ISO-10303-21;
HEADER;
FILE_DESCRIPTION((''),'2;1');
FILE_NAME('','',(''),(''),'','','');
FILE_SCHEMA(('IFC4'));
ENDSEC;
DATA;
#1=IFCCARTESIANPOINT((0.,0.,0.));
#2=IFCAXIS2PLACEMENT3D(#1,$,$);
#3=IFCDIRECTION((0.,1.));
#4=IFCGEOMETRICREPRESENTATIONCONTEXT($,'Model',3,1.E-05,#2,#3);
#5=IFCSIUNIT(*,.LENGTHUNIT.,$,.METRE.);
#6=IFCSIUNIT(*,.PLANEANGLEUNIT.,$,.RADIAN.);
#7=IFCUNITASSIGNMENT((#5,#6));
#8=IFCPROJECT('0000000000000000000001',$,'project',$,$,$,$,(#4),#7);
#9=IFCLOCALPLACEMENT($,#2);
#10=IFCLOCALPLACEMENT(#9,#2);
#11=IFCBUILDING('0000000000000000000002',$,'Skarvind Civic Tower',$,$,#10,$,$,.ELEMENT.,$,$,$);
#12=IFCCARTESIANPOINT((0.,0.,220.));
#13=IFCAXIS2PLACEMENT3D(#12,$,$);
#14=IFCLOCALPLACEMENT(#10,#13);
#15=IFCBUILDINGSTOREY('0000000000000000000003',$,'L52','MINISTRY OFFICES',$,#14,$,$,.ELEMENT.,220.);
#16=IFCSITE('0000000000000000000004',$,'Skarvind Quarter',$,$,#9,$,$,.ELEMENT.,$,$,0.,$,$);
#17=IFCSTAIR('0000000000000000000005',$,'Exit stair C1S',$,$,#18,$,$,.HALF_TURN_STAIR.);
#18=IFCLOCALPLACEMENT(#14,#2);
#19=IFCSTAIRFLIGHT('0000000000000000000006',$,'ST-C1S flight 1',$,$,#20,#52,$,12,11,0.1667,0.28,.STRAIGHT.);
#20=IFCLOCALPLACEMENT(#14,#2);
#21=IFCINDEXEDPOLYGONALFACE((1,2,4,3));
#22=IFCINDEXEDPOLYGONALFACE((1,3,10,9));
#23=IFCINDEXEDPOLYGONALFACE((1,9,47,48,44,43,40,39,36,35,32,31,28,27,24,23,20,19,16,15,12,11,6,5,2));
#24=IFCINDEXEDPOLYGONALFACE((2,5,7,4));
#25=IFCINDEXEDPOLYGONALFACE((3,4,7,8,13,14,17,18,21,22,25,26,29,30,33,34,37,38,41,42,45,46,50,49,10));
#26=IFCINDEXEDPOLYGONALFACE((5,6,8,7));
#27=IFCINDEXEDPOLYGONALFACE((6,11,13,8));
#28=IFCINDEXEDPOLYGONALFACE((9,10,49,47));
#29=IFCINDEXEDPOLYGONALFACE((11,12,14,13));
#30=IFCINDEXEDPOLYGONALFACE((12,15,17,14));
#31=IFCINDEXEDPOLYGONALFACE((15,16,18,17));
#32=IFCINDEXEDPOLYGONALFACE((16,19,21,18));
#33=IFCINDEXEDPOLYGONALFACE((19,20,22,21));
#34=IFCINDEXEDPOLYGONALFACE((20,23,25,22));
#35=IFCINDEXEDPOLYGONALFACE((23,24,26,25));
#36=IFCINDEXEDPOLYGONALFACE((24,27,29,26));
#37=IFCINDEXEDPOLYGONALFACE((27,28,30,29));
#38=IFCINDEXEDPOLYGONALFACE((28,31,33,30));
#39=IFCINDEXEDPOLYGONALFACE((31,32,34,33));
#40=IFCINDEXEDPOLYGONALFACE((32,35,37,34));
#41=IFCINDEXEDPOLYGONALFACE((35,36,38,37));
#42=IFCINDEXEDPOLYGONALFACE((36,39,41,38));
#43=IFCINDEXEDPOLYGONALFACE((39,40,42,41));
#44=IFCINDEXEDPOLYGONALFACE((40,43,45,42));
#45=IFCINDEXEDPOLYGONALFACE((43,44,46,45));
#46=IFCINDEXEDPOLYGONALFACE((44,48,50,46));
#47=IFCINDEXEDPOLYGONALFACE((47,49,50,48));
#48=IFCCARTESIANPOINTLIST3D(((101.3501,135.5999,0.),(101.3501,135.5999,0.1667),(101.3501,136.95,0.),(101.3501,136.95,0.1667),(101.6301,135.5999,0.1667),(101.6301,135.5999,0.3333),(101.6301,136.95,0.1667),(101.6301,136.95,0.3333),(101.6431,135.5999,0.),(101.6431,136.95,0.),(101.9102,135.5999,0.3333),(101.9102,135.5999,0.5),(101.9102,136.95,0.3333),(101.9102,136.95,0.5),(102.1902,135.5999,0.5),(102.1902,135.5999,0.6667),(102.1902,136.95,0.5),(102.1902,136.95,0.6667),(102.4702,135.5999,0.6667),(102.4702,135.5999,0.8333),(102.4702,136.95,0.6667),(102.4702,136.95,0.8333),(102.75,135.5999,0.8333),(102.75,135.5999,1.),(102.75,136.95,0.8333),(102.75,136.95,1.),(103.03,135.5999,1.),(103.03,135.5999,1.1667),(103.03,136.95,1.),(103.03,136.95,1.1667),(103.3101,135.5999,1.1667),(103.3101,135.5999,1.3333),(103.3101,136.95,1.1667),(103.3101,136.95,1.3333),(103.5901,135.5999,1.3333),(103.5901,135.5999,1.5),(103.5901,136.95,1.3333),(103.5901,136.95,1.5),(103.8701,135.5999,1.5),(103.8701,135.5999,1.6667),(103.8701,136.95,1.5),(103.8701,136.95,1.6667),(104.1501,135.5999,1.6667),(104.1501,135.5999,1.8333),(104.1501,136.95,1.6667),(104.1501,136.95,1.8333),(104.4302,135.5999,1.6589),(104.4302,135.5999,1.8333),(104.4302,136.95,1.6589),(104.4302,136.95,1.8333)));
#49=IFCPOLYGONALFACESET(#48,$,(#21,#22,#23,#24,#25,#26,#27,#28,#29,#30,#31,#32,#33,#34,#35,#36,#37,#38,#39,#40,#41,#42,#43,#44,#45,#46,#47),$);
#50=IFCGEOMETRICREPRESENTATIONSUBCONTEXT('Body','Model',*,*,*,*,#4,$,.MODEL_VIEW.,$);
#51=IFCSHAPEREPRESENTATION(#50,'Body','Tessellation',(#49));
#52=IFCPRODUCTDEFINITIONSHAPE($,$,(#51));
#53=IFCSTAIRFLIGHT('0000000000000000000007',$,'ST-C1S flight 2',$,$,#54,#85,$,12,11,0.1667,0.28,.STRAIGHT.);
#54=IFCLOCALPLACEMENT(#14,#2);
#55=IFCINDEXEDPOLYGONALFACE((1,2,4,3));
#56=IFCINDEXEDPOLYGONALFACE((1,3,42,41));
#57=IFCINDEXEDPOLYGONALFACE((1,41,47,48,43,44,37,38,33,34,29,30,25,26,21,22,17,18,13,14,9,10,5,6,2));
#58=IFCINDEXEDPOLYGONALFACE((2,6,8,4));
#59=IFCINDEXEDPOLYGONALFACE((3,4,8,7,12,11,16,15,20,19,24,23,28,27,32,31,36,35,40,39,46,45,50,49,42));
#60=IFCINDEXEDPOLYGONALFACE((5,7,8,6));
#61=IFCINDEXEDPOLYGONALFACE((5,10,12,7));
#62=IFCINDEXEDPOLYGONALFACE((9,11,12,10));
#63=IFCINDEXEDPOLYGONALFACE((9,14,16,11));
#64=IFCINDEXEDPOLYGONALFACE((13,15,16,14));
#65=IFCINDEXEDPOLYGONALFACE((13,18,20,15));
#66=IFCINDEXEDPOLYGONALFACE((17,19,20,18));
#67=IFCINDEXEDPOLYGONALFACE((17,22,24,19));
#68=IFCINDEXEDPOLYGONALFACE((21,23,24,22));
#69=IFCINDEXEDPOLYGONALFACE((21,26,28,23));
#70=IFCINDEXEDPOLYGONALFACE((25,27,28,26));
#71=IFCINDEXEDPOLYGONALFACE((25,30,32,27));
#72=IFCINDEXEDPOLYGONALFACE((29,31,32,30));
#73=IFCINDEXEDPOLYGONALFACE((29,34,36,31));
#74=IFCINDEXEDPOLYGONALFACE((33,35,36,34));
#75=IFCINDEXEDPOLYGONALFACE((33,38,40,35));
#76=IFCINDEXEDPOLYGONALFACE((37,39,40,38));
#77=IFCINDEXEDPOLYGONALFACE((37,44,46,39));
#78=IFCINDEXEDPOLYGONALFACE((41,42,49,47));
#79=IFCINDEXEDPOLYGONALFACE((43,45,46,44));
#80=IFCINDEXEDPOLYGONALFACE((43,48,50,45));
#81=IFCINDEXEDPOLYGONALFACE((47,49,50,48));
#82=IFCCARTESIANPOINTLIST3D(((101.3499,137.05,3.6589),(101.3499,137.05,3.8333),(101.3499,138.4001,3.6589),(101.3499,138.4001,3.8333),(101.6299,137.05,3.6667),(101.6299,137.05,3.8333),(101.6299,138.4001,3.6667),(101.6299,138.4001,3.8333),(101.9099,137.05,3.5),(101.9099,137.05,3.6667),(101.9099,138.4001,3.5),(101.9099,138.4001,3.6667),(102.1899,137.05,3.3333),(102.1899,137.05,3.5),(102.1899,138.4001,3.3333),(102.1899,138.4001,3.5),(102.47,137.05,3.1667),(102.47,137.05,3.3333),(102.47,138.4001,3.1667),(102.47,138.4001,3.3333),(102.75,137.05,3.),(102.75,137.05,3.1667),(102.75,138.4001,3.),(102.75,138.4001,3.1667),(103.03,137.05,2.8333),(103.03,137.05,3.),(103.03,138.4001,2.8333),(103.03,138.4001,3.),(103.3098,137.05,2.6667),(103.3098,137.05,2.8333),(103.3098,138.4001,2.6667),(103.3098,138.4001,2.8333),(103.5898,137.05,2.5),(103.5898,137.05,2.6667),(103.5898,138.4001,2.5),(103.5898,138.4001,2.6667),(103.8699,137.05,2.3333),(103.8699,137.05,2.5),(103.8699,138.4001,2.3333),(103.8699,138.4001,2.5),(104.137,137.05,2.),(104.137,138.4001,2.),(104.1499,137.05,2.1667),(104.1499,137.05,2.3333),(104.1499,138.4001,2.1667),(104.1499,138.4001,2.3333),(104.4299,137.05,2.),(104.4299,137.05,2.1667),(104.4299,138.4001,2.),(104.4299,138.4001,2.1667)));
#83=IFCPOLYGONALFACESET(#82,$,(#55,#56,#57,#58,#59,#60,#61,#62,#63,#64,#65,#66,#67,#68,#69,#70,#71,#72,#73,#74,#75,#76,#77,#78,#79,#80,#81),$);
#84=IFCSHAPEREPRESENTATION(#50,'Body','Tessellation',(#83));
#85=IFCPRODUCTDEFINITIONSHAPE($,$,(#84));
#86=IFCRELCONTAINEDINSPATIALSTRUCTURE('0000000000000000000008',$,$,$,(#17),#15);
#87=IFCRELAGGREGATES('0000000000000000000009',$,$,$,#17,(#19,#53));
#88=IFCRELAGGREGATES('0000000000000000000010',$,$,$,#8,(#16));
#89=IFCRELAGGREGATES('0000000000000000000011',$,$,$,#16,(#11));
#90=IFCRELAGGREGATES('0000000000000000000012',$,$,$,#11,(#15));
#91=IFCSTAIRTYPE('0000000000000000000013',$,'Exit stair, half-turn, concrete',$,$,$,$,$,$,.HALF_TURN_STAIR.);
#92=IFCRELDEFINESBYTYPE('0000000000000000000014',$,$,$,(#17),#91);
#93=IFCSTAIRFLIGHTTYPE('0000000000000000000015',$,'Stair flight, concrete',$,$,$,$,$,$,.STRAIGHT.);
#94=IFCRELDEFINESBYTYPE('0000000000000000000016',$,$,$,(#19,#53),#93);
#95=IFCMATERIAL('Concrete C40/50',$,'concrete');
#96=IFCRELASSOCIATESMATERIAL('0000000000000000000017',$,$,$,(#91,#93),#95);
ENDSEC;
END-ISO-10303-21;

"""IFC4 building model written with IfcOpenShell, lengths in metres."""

from ifc_helpers import new_model, si_unit, direction, frame, origin, place, context, subcontext, project, spatial, polyline, outline, extrude, material, type_object, element, aggregate, save


model = new_model("IFC4")

# Units and contexts
model_context = context("Model", 3, precision=1e-05, world=origin(), true_north=direction((0.0, 1.0)))
body_context = subcontext(model_context, "Body", "Model", "MODEL_VIEW")
ifc_project = project(units=[si_unit("LENGTHUNIT", "METRE"), si_unit("PLANEANGLEUNIT", "RADIAN")], contexts=[model_context])

# Site, building, storey
site_placement = place(None, origin())
site = spatial("IfcSite", under=ifc_project, at=site_placement, Name="Skarvind Quarter", CompositionType="ELEMENT", RefElevation=0.0)
building_placement = place(site_placement, origin())
building = spatial("IfcBuilding", under=site, at=building_placement, Name="Skarvind Civic Tower", CompositionType="ELEMENT")
storey_placement = place(building_placement, frame((0.0, 0.0, 220.0)))
storey = spatial("IfcBuildingStorey", under=building, at=storey_placement, Name="L52", Description="MINISTRY OFFICES", CompositionType="ELEMENT", Elevation=220.0)

# Stair, stair flights
ifc_material_1 = material(Name="Concrete C40/50", Category="concrete")
stair_type = type_object("IfcStairType", Name="Exit stair, half-turn, concrete", PredefinedType="HALF_TURN_STAIR", material=ifc_material_1)
stair_placement = place(storey_placement, origin())
stair = element("IfcStair", 1, at=stair_placement, inside=storey, type_object=stair_type, Name="Exit stair C1S", PredefinedType="HALF_TURN_STAIR")
stair_flight_type = type_object("IfcStairFlightType", Name="Stair flight, concrete", PredefinedType="STRAIGHT", material=ifc_material_1)
stair_flight_1_placement = place(storey_placement, frame((101.3501, 136.2749, 0.0), z_axis=(0.0, 0.0, 1.0), x_axis=(1.0, 0.0, 0.0)))
stair_flight_1 = element("IfcStairFlight", 2, at=stair_flight_1_placement, type_object=stair_flight_type, Name="ST-C1S flight 1", NumberOfRisers=12, NumberOfTreads=11, PredefinedType="STRAIGHT", RiserHeight=0.1667, TreadLength=0.28, context=body_context, shape_type="SweptSolid", body=[
    extrude(outline(polyline([(0.0, 0.0), (0.0, 0.1667), (0.28, 0.1667), (0.28, 0.3333), (0.5601, 0.3333), (0.5601, 0.5), (0.8401, 0.5), (0.8401, 0.6667), (1.1201, 0.6667), (1.1201, 0.8333), (1.3999, 0.8333), (1.3999, 1.0), (1.6799, 1.0), (1.6799, 1.1667), (1.96, 1.1667), (1.96, 1.3333), (2.24, 1.3333), (2.24, 1.5), (2.52, 1.5), (2.52, 1.6667), (2.8, 1.6667), (2.8, 1.8333), (3.0801, 1.8333), (3.0801, 2.0), (3.0801, 1.6589), (0.293, 0.0), (0.0, 0.0)])), frame((0.0, 0.675, 0.0), z_axis=(0.0, -1.0, 0.0), x_axis=(1.0, 0.0, 0.0)), (0.0, 0.0, 1.0), 1.3501),
])
stair_flight_2_placement = place(storey_placement, frame((104.4299, 137.7251, 2.0), z_axis=(0.0, 0.0, 1.0), x_axis=(-1.0, 0.0, 0.0)))
stair_flight_2 = element("IfcStairFlight", 3, at=stair_flight_2_placement, type_object=stair_flight_type, Name="ST-C1S flight 2", NumberOfRisers=12, NumberOfTreads=11, PredefinedType="STRAIGHT", RiserHeight=0.1667, TreadLength=0.28, context=body_context, shape_type="SweptSolid", body=[
    extrude(outline(polyline([(0.0, 0.0), (0.0, 0.1667), (0.28, 0.1667), (0.28, 0.3333), (0.5601, 0.3333), (0.5601, 0.5), (0.8401, 0.5), (0.8401, 0.6667), (1.1201, 0.6667), (1.1201, 0.8333), (1.3999, 0.8333), (1.3999, 1.0), (1.6799, 1.0), (1.6799, 1.1667), (1.96, 1.1667), (1.96, 1.3333), (2.24, 1.3333), (2.24, 1.5), (2.52, 1.5), (2.52, 1.6667), (2.8, 1.6667), (2.8, 1.8333), (3.0801, 1.8333), (3.0801, 2.0), (3.0801, 1.6589), (0.293, 0.0), (0.0, 0.0)])), frame((0.0, 0.675, 0.0), z_axis=(0.0, -1.0, 0.0), x_axis=(1.0, 0.0, 0.0)), (0.0, 0.0, 1.0), 1.3501),
])
aggregate(stair, [stair_flight_1, stair_flight_2])

save(model, "model.ifc")
